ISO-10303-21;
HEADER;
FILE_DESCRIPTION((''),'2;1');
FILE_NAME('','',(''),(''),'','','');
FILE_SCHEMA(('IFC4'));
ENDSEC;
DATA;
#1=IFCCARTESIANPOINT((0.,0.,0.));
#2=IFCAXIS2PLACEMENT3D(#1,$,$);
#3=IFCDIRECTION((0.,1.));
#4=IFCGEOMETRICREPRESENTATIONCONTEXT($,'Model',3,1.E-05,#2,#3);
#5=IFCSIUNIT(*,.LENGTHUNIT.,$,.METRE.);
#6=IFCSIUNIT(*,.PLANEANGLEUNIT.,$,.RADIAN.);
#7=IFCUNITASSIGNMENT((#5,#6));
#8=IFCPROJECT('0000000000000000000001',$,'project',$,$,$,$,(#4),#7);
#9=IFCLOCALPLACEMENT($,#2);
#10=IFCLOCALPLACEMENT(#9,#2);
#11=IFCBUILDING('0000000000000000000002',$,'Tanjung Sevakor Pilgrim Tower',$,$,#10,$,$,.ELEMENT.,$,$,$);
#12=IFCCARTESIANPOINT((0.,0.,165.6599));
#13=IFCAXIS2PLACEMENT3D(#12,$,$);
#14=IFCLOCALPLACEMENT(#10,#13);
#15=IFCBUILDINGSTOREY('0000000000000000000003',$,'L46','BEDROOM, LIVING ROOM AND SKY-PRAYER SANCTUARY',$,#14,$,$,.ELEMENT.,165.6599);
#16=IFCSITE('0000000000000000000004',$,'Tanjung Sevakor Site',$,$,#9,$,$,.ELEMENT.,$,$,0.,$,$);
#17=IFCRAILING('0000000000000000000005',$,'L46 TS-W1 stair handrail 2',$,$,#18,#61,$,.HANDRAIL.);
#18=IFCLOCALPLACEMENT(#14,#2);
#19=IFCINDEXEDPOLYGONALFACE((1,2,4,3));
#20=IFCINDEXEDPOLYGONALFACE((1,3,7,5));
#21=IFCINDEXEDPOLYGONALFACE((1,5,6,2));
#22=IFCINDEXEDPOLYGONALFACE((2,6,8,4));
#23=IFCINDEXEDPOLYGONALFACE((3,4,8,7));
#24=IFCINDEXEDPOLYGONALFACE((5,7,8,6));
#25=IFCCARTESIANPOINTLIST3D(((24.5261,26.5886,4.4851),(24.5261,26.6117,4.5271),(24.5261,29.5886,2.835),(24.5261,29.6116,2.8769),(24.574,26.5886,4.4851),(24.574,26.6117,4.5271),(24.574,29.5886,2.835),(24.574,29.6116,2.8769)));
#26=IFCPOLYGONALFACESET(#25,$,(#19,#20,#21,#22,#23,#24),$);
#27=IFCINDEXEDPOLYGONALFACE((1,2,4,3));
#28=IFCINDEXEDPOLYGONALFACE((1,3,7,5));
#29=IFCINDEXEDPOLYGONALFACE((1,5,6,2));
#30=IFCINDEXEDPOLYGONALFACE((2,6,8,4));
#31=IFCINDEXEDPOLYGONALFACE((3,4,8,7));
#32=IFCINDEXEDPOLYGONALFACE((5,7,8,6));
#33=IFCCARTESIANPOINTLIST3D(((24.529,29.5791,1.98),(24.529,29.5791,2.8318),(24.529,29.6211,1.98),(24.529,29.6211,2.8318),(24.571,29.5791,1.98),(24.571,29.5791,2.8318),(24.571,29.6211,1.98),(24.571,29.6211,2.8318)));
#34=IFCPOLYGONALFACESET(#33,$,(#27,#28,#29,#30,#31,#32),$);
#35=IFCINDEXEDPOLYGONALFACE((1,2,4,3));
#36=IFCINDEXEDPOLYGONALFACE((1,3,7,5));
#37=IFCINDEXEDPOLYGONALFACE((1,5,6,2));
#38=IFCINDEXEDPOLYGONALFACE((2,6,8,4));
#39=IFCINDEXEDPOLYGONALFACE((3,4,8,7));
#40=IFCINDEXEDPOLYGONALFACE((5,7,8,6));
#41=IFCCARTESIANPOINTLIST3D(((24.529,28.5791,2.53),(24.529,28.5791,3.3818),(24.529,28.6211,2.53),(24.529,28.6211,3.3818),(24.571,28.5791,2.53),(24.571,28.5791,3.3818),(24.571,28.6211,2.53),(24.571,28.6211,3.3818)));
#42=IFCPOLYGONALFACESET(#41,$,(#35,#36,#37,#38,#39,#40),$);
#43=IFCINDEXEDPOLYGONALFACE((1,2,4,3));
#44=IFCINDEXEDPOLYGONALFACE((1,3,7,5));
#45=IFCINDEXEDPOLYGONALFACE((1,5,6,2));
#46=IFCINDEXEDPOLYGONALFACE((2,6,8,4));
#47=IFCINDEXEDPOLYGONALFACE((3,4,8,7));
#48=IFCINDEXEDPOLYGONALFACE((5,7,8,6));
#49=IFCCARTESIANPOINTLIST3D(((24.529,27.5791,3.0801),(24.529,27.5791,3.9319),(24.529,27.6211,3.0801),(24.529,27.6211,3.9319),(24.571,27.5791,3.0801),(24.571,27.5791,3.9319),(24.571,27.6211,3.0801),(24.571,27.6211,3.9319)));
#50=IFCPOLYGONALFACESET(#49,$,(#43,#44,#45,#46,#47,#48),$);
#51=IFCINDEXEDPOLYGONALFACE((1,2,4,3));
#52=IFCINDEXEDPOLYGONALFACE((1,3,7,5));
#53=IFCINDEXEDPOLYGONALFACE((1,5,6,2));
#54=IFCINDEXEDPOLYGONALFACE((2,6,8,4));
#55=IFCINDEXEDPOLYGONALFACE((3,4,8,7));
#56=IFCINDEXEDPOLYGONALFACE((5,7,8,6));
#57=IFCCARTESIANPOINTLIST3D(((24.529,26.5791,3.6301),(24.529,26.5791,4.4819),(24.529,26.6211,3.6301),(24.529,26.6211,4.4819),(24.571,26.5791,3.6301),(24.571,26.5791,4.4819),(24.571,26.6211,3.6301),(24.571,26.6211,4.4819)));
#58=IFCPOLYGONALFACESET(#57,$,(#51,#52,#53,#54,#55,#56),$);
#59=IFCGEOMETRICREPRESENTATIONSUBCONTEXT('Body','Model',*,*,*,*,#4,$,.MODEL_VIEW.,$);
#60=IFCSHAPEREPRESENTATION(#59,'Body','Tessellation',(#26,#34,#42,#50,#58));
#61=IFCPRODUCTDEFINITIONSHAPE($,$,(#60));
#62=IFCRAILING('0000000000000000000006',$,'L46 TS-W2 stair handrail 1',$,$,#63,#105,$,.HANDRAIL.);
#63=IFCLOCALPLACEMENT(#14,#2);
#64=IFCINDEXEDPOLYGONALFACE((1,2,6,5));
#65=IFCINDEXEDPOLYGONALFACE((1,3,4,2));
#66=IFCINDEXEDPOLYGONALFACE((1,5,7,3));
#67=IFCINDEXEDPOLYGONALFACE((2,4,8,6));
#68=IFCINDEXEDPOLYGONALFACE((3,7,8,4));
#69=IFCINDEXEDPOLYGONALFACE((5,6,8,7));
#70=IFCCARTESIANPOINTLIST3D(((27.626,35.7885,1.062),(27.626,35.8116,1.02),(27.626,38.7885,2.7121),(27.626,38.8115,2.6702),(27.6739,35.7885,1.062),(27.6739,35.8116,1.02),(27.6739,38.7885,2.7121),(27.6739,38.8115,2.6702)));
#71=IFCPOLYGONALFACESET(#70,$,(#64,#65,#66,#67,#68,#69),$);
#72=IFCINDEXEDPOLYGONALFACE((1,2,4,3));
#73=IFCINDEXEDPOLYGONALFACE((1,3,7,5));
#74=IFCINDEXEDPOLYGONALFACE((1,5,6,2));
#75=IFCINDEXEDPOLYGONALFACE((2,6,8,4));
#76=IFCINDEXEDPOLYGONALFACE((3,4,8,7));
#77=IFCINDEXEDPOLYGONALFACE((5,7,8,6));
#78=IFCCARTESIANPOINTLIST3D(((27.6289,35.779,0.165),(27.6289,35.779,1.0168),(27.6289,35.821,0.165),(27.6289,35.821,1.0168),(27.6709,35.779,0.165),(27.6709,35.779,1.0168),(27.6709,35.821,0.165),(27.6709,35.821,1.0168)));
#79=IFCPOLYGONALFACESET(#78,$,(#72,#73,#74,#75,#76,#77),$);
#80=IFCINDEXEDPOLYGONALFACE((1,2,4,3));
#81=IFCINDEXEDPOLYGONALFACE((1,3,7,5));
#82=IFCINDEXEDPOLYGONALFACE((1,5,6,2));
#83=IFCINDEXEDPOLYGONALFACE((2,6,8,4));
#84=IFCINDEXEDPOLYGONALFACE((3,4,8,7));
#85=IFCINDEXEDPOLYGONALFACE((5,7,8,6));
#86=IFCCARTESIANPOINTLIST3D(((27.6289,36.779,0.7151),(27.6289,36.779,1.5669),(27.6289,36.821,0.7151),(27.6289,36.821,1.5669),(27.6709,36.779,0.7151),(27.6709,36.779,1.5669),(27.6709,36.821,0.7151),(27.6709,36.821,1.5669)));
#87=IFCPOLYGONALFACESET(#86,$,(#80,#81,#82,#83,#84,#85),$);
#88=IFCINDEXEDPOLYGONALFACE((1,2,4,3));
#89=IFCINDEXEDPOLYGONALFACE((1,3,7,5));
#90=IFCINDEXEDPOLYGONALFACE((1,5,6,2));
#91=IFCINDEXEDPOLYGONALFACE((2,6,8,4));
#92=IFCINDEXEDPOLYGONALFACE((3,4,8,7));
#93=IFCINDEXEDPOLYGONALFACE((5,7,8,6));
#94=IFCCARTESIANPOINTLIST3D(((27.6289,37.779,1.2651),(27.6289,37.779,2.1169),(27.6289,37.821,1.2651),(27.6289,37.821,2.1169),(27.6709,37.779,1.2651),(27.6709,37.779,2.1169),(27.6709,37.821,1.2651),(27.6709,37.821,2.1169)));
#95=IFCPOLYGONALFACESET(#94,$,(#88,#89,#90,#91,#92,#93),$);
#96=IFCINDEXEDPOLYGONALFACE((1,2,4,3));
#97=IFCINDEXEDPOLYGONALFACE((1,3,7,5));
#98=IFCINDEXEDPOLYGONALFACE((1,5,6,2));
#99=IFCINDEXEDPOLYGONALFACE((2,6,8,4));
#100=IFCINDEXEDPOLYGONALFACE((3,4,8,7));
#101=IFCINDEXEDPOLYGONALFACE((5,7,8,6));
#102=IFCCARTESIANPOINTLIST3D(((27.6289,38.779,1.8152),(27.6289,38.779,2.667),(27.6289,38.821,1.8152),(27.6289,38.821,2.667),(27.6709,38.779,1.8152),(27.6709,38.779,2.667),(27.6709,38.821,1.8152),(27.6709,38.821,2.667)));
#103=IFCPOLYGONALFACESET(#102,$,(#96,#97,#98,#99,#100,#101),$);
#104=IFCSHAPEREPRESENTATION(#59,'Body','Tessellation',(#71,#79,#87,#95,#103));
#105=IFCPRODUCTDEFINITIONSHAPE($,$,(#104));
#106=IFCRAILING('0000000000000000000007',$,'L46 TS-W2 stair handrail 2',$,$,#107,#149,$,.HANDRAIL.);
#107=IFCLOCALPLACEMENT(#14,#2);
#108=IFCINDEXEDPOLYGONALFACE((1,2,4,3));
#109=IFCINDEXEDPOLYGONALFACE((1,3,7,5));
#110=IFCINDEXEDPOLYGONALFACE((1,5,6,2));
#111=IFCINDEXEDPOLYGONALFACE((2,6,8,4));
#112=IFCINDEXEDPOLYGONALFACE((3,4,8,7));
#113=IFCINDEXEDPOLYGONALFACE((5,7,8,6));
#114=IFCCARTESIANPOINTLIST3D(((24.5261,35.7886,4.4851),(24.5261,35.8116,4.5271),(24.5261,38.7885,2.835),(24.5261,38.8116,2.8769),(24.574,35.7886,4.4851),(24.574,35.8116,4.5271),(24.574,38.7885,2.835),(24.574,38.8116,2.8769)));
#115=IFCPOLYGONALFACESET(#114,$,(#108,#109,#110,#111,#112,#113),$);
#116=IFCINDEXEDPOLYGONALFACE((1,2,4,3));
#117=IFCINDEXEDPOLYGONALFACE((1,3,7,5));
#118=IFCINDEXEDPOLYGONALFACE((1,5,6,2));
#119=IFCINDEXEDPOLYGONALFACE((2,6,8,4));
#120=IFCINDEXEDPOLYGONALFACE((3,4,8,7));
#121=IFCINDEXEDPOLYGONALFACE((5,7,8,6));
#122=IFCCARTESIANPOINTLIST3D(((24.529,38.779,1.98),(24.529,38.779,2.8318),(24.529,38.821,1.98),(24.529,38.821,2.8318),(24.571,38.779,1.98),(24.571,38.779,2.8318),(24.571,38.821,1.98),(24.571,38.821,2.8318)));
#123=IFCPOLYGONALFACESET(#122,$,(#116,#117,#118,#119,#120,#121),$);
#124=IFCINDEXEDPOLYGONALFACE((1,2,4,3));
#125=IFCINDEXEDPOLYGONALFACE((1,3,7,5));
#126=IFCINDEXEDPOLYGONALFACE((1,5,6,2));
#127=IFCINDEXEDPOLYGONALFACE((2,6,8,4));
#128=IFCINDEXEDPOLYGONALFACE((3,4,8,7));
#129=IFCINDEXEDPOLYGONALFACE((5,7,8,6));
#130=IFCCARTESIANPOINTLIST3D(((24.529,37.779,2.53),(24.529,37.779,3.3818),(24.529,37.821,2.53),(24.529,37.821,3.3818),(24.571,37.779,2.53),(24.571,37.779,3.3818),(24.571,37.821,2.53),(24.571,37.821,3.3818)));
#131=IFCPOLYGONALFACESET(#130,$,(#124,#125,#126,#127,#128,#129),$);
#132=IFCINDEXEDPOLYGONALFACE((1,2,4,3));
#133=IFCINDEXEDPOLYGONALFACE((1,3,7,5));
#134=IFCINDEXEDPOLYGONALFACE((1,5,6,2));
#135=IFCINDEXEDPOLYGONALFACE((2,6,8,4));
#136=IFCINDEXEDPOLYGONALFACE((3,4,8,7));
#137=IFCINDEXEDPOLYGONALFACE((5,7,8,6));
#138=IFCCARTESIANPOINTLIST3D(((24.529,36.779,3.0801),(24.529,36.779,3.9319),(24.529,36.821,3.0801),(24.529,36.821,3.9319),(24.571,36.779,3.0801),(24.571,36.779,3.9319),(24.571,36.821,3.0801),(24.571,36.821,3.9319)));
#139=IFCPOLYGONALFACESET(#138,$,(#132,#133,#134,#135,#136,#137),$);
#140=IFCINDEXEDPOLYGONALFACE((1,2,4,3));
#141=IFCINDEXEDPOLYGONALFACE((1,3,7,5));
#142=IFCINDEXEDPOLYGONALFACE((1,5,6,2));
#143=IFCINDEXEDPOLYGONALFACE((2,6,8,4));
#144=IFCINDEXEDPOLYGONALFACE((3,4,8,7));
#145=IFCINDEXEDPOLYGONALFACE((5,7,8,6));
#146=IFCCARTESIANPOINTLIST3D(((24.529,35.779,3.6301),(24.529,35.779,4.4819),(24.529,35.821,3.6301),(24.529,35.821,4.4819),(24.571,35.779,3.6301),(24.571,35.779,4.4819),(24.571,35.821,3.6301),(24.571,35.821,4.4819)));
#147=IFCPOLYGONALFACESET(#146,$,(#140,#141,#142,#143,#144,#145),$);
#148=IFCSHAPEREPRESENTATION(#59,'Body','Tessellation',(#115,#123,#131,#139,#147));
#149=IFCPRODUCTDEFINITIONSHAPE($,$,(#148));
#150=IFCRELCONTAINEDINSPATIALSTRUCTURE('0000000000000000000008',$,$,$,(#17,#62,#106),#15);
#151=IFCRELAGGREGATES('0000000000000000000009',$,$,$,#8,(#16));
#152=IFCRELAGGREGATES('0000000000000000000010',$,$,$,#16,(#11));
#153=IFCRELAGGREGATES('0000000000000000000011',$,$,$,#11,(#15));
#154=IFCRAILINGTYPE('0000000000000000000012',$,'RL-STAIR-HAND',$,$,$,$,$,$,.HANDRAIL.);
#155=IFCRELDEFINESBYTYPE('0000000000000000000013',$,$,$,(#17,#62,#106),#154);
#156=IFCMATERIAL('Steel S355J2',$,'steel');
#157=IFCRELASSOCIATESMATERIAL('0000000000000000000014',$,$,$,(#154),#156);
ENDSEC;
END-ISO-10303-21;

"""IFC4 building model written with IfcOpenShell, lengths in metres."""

from ifc_helpers import new_model, si_unit, direction, frame, origin, place, context, subcontext, project, spatial, rectangle, extrude, material, type_object, element, save


model = new_model("IFC4")

# Units and contexts
model_context = context("Model", 3, precision=1e-05, world=origin(), true_north=direction((0.0, 1.0)))
body_context = subcontext(model_context, "Body", "Model", "MODEL_VIEW")
ifc_project = project(units=[si_unit("LENGTHUNIT", "METRE"), si_unit("PLANEANGLEUNIT", "RADIAN")], contexts=[model_context])

# Site, building, storey
site_placement = place(None, origin())
site = spatial("IfcSite", under=ifc_project, at=site_placement, Name="Tanjung Sevakor Site", CompositionType="ELEMENT", RefElevation=0.0)
building_placement = place(site_placement, origin())
building = spatial("IfcBuilding", under=site, at=building_placement, Name="Tanjung Sevakor Pilgrim Tower", CompositionType="ELEMENT")
storey_placement = place(building_placement, frame((0.0, 0.0, 165.6599)))
storey = spatial("IfcBuildingStorey", under=building, at=storey_placement, Name="L46", Description="BEDROOM, LIVING ROOM AND SKY-PRAYER SANCTUARY", CompositionType="ELEMENT", Elevation=165.6599)

# Railings
ifc_material_1 = material(Name="Steel S355J2", Category="steel")
railing_type_1 = type_object("IfcRailingType", Name="RL-STAIR-HAND", PredefinedType="HANDRAIL", material=ifc_material_1)
railing_1_placement = place(storey_placement, frame((24.55, 29.6001, 1.98)))
element("IfcRailing", 1, at=railing_1_placement, inside=storey, type_object=railing_type_1, Name="L46 TS-W1 stair handrail 2", PredefinedType="HANDRAIL", context=body_context, shape_type="SweptSolid", body=[
    extrude(rectangle(XDim=0.0479, YDim=0.0479), frame((0.0, 0.0, 0.876), z_axis=(0.0, -0.876198, 0.481952), x_axis=(1.0, 0.0, 0.0)), (0.0, 0.0, 1.0), 3.4238),
    extrude(rectangle(XDim=0.042, YDim=0.042), origin(), (0.0, 0.0, 1.0), 0.8518),
    extrude(rectangle(XDim=0.042, YDim=0.042), frame((0.0, -1.0, 0.55)), (0.0, 0.0, 1.0), 0.8518),
    extrude(rectangle(XDim=0.042, YDim=0.042), frame((0.0, -2.0, 1.1001)), (0.0, 0.0, 1.0), 0.8518),
    extrude(rectangle(XDim=0.042, YDim=0.042), frame((0.0, -3.0, 1.6501)), (0.0, 0.0, 1.0), 0.8518),
])
railing_2_placement = place(storey_placement, frame((27.6499, 35.8, 0.165)))
element("IfcRailing", 2, at=railing_2_placement, inside=storey, type_object=railing_type_1, Name="L46 TS-W2 stair handrail 1", PredefinedType="HANDRAIL", context=body_context, shape_type="SweptSolid", body=[
    extrude(rectangle(XDim=0.0479, YDim=0.0479), frame((0.0, 0.0, 0.876), z_axis=(0.0, 0.876198, 0.481952), x_axis=(-1.0, 0.0, 0.0)), (0.0, 0.0, 1.0), 3.4238),
    extrude(rectangle(XDim=0.042, YDim=0.042), origin(), (0.0, 0.0, 1.0), 0.8518),
    extrude(rectangle(XDim=0.042, YDim=0.042), frame((0.0, 1.0, 0.55)), (0.0, 0.0, 1.0), 0.8518),
    extrude(rectangle(XDim=0.042, YDim=0.042), frame((0.0, 2.0, 1.1001)), (0.0, 0.0, 1.0), 0.8518),
    extrude(rectangle(XDim=0.042, YDim=0.042), frame((0.0, 3.0, 1.6501)), (0.0, 0.0, 1.0), 0.8518),
])
railing_3_placement = place(storey_placement, frame((24.55, 38.8, 1.98)))
element("IfcRailing", 3, at=railing_3_placement, inside=storey, type_object=railing_type_1, Name="L46 TS-W2 stair handrail 2", PredefinedType="HANDRAIL", context=body_context, shape_type="SweptSolid", body=[
    extrude(rectangle(XDim=0.0479, YDim=0.0479), frame((0.0, 0.0, 0.876), z_axis=(0.0, -0.876198, 0.481952), x_axis=(1.0, 0.0, 0.0)), (0.0, 0.0, 1.0), 3.4238),
    extrude(rectangle(XDim=0.042, YDim=0.042), origin(), (0.0, 0.0, 1.0), 0.8518),
    extrude(rectangle(XDim=0.042, YDim=0.042), frame((0.0, -1.0, 0.55)), (0.0, 0.0, 1.0), 0.8518),
    extrude(rectangle(XDim=0.042, YDim=0.042), frame((0.0, -2.0, 1.1001)), (0.0, 0.0, 1.0), 0.8518),
    extrude(rectangle(XDim=0.042, YDim=0.042), frame((0.0, -3.0, 1.6501)), (0.0, 0.0, 1.0), 0.8518),
])

save(model, "model.ifc")
